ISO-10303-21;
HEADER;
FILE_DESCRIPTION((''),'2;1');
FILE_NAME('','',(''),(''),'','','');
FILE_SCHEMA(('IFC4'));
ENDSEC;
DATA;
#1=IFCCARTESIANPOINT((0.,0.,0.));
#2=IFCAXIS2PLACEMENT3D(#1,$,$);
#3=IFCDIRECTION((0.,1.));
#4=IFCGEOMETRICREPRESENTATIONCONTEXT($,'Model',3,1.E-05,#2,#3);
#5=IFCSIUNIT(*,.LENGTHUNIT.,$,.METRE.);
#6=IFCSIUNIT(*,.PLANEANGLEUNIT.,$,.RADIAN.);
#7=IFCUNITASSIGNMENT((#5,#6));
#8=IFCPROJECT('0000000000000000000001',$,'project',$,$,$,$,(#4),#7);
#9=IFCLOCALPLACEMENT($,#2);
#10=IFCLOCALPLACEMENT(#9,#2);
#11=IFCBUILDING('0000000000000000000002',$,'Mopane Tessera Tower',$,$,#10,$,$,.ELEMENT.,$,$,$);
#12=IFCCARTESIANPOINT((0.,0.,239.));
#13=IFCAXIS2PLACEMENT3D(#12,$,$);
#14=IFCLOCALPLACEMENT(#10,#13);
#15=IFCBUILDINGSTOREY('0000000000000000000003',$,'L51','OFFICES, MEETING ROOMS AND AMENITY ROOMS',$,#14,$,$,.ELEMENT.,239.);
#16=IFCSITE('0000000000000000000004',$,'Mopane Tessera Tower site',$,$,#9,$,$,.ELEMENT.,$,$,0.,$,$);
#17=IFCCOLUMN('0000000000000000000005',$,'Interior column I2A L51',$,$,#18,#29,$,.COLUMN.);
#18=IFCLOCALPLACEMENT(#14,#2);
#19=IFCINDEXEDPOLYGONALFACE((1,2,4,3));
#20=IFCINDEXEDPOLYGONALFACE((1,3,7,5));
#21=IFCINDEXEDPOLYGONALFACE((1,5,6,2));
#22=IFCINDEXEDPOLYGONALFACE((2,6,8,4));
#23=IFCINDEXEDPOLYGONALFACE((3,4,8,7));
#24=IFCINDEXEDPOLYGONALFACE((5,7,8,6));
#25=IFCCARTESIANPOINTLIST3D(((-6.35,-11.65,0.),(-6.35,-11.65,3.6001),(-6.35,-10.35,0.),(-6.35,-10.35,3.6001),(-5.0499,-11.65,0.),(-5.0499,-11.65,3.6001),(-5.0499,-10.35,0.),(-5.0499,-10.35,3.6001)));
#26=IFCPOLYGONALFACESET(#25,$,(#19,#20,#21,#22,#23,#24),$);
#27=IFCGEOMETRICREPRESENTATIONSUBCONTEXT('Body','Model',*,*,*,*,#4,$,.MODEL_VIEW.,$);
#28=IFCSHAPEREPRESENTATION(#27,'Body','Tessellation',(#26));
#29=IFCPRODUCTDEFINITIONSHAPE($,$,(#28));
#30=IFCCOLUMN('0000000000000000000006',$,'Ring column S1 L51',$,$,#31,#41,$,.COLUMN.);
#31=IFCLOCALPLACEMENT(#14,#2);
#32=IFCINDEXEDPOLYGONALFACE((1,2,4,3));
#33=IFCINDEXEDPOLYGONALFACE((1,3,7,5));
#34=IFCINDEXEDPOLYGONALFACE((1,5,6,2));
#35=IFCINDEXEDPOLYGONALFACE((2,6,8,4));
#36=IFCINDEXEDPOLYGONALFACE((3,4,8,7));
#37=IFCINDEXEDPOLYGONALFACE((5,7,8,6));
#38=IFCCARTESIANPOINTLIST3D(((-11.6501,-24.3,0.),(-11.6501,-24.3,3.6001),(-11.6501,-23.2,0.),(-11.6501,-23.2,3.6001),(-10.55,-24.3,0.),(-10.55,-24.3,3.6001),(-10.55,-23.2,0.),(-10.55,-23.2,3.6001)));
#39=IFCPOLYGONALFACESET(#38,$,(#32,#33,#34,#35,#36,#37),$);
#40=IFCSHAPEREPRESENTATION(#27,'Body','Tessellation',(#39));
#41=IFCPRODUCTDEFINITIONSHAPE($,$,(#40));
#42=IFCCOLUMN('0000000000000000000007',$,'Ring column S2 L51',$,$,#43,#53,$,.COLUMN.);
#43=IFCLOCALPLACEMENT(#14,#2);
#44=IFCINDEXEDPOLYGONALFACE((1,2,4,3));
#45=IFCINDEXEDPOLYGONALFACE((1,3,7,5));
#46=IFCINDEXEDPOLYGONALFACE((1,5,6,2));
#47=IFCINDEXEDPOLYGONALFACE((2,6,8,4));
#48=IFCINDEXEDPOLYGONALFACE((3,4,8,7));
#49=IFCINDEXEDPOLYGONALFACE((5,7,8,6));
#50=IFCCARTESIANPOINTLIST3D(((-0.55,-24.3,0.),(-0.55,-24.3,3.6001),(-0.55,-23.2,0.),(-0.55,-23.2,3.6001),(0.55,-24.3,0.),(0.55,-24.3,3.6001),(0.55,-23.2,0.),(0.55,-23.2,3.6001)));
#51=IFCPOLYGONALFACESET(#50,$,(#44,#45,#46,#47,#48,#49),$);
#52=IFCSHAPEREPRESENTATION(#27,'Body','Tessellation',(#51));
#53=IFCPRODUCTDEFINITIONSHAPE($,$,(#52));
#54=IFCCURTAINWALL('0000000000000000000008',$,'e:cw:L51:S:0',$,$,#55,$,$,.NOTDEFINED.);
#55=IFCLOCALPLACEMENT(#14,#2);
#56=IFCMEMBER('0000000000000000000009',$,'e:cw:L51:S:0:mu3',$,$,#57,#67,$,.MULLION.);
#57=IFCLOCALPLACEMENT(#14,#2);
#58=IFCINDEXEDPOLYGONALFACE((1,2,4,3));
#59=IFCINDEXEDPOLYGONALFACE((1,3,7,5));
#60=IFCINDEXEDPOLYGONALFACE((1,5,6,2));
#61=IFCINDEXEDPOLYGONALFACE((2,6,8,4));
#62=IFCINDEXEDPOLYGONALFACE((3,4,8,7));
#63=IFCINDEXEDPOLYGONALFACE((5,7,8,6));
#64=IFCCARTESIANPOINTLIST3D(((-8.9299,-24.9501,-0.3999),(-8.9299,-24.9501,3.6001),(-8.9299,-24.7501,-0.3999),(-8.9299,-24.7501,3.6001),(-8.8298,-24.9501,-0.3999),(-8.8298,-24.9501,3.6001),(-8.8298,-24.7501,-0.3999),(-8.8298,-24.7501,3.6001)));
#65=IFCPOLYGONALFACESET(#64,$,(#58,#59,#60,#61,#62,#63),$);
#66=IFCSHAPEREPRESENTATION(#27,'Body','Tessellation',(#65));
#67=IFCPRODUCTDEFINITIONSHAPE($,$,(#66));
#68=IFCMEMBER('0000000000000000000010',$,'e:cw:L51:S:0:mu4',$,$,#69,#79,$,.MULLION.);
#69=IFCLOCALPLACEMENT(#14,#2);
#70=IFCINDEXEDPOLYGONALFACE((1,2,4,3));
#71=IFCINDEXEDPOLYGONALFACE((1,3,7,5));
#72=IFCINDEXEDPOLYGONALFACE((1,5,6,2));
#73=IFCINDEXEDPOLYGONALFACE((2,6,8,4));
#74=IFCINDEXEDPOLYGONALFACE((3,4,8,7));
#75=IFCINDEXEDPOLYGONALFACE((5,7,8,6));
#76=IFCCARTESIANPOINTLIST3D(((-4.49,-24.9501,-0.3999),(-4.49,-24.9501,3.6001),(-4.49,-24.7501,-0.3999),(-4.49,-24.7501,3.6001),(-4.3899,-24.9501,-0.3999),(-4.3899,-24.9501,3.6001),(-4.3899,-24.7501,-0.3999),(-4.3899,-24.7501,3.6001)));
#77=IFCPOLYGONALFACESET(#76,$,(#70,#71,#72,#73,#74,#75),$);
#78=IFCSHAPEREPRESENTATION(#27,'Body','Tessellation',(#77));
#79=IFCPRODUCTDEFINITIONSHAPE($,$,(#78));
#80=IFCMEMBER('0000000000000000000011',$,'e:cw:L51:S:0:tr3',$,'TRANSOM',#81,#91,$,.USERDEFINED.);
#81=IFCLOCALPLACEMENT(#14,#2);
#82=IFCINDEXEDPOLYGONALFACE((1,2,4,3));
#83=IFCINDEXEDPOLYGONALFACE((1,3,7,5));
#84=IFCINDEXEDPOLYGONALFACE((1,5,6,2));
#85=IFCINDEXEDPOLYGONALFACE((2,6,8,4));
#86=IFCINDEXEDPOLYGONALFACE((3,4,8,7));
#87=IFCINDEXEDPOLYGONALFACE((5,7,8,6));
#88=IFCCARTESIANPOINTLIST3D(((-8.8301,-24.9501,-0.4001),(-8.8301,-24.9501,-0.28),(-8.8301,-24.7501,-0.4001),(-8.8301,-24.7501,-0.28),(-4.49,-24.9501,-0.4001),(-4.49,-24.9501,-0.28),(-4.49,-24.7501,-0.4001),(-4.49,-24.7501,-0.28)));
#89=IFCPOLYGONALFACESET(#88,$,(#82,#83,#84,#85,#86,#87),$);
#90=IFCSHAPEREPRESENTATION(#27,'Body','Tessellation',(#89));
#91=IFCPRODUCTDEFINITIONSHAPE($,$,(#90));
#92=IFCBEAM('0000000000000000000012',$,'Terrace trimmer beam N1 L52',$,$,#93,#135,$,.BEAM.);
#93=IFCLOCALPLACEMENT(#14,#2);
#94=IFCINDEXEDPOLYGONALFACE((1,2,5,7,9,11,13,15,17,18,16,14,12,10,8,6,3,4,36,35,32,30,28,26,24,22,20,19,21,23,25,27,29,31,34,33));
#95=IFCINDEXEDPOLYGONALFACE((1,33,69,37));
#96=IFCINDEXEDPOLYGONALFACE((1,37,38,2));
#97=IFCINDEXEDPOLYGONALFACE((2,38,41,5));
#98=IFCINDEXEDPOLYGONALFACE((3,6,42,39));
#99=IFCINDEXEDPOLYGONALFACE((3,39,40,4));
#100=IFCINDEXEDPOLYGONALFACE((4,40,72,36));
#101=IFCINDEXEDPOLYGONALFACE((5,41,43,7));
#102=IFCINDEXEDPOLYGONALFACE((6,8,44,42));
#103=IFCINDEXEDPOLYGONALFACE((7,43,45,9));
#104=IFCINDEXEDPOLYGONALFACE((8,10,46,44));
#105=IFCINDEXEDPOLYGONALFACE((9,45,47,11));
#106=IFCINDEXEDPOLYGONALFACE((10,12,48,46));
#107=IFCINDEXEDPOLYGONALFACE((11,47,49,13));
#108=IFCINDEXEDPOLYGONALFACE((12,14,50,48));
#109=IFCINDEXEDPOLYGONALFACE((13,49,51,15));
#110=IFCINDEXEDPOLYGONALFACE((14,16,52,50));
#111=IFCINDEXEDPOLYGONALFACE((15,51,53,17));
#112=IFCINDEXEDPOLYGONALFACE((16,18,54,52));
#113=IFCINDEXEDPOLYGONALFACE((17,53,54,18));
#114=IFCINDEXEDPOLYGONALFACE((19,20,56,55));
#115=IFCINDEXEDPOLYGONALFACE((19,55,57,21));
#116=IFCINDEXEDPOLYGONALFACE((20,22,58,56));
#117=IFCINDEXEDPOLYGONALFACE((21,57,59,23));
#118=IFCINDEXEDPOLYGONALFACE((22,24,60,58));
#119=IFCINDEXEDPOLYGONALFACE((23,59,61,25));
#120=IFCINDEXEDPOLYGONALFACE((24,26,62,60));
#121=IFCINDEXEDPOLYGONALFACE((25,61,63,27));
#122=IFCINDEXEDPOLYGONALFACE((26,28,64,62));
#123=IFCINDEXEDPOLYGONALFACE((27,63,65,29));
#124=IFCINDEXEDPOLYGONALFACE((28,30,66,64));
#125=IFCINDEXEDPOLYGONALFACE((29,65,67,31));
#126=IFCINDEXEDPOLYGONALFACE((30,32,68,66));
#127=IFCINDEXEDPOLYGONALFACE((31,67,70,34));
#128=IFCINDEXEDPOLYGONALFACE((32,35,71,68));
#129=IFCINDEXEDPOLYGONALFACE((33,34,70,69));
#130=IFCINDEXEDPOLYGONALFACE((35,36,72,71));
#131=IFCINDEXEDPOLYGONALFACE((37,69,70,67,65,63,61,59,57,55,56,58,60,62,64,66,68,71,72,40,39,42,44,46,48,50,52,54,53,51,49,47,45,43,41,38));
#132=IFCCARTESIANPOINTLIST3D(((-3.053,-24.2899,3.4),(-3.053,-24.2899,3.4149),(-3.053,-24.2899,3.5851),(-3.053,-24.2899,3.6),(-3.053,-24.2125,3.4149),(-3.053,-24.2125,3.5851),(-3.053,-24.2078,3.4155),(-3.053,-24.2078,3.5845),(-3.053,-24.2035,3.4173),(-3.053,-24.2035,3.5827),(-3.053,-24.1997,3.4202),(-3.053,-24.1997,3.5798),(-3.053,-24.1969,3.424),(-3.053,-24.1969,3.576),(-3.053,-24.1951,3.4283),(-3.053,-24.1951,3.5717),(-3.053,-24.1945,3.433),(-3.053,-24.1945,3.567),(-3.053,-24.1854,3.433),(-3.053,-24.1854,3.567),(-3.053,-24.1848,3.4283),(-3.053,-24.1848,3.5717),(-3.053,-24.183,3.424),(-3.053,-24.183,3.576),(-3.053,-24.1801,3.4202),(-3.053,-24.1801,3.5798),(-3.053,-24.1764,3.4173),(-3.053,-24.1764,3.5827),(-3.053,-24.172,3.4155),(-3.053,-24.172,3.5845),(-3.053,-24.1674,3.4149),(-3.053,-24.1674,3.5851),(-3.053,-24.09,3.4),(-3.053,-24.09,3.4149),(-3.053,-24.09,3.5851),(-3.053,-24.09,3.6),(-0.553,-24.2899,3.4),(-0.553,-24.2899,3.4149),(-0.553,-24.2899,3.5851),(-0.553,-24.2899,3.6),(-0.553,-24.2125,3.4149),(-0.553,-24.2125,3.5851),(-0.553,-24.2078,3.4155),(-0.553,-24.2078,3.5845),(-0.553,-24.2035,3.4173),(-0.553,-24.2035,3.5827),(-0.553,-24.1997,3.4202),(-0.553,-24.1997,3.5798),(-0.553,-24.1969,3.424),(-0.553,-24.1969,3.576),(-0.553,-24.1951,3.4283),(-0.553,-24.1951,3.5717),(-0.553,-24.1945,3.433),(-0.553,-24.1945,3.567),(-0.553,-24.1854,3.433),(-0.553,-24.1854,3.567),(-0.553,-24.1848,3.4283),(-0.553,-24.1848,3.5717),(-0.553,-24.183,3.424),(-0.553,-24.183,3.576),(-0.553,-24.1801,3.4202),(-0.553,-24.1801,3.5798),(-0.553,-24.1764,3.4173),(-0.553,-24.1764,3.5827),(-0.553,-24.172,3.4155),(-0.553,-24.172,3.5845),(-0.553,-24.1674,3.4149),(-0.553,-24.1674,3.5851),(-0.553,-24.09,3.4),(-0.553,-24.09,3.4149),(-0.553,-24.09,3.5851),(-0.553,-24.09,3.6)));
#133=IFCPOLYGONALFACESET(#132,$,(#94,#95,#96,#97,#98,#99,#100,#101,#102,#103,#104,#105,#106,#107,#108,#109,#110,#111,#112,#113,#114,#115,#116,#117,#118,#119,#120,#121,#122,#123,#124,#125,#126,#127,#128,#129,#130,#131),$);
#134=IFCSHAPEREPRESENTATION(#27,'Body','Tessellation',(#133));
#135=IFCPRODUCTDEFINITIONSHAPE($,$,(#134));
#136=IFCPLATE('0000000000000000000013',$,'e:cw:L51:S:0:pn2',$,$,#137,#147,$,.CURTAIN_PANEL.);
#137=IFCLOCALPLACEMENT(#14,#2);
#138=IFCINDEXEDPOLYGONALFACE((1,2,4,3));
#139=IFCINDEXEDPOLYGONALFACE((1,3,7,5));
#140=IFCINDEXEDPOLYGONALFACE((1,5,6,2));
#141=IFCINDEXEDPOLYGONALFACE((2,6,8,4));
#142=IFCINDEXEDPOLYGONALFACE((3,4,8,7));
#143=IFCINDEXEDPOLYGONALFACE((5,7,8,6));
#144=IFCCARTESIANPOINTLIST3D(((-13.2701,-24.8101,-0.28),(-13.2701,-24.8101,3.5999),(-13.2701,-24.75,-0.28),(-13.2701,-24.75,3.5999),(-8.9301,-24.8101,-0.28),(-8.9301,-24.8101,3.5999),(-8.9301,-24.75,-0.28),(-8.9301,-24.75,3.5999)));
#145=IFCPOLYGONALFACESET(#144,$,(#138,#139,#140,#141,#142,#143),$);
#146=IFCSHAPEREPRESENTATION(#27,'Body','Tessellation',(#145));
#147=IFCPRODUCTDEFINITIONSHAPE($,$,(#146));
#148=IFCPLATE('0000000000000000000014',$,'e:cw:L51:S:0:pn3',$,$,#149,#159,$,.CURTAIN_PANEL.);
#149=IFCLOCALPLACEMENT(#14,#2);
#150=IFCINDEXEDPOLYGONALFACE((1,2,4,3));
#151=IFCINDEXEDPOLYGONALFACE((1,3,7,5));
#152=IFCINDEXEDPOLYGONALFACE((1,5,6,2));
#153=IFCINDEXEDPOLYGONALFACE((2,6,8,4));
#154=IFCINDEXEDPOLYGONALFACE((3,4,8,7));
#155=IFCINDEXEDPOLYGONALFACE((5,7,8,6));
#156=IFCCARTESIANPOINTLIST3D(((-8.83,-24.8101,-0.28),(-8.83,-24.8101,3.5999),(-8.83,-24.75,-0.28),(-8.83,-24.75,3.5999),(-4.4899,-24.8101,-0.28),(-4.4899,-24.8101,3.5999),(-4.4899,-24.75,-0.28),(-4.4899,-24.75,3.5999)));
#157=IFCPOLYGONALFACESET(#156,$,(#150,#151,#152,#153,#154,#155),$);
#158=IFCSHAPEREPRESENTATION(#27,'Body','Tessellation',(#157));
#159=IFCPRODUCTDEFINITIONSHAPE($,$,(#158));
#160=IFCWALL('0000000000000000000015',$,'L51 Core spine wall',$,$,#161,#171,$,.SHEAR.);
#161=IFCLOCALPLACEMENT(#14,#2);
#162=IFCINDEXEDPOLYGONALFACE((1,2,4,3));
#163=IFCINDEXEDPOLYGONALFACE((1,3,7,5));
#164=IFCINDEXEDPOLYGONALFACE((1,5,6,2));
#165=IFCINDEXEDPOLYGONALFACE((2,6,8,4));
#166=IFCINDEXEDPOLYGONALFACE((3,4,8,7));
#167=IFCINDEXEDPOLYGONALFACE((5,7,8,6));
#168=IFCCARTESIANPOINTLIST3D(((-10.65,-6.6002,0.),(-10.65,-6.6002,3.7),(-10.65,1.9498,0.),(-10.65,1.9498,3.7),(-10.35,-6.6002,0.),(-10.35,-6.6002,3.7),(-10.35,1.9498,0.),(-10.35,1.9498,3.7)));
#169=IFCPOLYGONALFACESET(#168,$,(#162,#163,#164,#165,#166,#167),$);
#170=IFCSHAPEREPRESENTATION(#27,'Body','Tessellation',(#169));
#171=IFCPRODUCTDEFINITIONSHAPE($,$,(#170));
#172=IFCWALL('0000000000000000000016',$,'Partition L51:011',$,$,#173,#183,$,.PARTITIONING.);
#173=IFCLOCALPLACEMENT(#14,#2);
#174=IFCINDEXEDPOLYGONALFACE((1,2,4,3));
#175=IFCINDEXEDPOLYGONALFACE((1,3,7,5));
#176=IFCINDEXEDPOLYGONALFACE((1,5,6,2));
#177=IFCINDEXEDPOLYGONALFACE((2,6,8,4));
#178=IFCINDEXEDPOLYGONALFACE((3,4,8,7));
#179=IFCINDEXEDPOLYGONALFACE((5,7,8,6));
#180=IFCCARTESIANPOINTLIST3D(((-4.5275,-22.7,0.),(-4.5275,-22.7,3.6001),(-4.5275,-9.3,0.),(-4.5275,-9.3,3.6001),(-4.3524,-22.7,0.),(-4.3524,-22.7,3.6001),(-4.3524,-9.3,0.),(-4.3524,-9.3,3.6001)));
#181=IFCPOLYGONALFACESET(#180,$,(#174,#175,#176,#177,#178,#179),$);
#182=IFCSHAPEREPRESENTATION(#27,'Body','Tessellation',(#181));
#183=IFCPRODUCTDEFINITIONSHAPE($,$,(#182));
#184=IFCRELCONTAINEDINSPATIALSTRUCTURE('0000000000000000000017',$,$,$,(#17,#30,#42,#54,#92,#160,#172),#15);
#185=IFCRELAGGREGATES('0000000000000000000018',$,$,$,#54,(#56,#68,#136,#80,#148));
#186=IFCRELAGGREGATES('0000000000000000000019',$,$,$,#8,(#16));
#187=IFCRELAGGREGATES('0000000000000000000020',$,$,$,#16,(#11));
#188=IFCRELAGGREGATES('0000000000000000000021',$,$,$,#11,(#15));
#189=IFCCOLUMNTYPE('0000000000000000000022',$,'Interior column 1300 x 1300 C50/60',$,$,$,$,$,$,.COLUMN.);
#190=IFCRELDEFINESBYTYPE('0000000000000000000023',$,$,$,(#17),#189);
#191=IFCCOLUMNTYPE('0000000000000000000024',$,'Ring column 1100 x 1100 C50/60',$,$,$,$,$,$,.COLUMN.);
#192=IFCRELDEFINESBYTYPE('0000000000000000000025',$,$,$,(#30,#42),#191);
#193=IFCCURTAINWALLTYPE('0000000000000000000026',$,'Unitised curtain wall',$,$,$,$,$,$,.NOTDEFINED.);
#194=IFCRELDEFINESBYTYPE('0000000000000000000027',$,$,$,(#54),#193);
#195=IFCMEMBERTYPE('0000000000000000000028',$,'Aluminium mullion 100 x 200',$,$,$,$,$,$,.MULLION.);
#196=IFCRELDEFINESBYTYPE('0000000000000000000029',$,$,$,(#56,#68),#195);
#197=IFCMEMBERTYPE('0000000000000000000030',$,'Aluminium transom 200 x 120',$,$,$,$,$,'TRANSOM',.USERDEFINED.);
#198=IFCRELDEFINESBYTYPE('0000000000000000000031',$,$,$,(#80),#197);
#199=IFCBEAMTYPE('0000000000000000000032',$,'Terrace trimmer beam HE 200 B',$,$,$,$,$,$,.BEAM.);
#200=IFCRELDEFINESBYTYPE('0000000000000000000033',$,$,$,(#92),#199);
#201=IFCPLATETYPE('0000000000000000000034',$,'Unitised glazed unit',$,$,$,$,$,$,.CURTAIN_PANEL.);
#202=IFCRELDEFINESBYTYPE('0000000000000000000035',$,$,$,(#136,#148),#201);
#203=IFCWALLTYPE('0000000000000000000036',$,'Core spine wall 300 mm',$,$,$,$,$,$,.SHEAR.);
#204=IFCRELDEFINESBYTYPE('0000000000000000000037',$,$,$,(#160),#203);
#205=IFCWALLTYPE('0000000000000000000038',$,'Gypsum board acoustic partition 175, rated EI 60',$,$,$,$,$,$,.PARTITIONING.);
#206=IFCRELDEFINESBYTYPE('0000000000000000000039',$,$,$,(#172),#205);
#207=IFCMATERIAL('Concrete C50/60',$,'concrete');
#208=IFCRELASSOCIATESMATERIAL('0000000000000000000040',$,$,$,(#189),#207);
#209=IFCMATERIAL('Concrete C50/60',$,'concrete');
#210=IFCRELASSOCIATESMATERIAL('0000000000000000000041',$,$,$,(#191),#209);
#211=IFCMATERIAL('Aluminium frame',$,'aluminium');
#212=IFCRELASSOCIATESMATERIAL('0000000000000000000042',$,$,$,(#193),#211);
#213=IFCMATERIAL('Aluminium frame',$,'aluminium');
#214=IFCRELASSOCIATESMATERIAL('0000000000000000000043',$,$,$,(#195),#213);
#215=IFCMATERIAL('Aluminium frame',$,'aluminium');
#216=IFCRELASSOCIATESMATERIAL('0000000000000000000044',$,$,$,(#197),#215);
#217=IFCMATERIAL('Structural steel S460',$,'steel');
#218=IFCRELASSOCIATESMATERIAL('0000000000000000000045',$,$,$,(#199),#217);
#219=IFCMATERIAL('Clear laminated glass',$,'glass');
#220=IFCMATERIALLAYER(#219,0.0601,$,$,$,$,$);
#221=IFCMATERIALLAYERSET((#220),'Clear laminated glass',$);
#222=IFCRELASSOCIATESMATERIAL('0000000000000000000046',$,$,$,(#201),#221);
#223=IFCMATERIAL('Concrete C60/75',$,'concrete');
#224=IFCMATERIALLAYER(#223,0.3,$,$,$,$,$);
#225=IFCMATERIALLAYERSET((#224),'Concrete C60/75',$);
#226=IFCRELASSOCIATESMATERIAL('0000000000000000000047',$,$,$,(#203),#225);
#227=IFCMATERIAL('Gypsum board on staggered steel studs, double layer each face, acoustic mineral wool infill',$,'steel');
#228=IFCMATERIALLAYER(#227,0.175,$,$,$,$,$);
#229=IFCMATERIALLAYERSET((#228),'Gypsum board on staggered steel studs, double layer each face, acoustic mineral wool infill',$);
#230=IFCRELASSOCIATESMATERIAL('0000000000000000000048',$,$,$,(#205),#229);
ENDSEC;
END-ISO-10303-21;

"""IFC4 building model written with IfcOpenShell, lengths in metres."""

from ifc_helpers import new_model, si_unit, direction, frame, frame_2d, origin, origin_2d, place, context, subcontext, project, spatial, rectangle, i_section, extrude, material, layer, layer_set, material_profile, profile_set, type_object, element, aggregate, save


model = new_model("IFC4")

# Units and contexts
model_context = context("Model", 3, precision=1e-05, world=origin(), true_north=direction((0.0, 1.0)))
body_context = subcontext(model_context, "Body", "Model", "MODEL_VIEW")
ifc_project = project(units=[si_unit("LENGTHUNIT", "METRE"), si_unit("PLANEANGLEUNIT", "RADIAN")], contexts=[model_context])

# Site, building, storey
site_placement = place(None, origin())
site = spatial("IfcSite", under=ifc_project, at=site_placement, Name="Mopane Tessera Tower site", CompositionType="ELEMENT", RefElevation=0.0)
building_placement = place(site_placement, origin())
building = spatial("IfcBuilding", under=site, at=building_placement, Name="Mopane Tessera Tower", CompositionType="ELEMENT")
storey_placement = place(building_placement, frame((0.0, 0.0, 239.0)))
storey = spatial("IfcBuildingStorey", under=building, at=storey_placement, Name="L51", Description="OFFICES, MEETING ROOMS AND AMENITY ROOMS", CompositionType="ELEMENT", Elevation=239.0)

# Columns
ifc_material_1 = material(Name="Concrete C50/60", Category="concrete")
ifc_material_profile_1 = material_profile(ifc_material_1, rectangle(XDim=1.3, YDim=1.3, at=origin_2d()))
ifc_profile_set_1 = profile_set([ifc_material_profile_1], Name="Concrete C50/60")
column_type_1 = type_object("IfcColumnType", Name="Interior column 1300 x 1300 C50/60", PredefinedType="COLUMN", material=ifc_profile_set_1)
column_placement = place(storey_placement, frame((-5.7, -11.0, 0.0), z_axis=(0.0, 0.0, 1.0), x_axis=(1.0, 0.0, 0.0)))
element("IfcColumn", 1, at=column_placement, inside=storey, type_object=column_type_1, Name="Interior column I2A L51", PredefinedType="COLUMN", context=body_context, shape_type="SweptSolid", body=[
    extrude(rectangle(XDim=1.3, YDim=1.3, at=origin_2d()), origin(), (0.0, 0.0, 1.0), 3.6001),
])
ifc_material_2 = material(Name="Concrete C50/60", Category="concrete")
ifc_material_profile_2 = material_profile(ifc_material_2, rectangle(XDim=1.1001, YDim=1.1001, at=origin_2d()))
ifc_profile_set_2 = profile_set([ifc_material_profile_2], Name="Concrete C50/60")
column_type_2 = type_object("IfcColumnType", Name="Ring column 1100 x 1100 C50/60", PredefinedType="COLUMN", material=ifc_profile_set_2)
for number, where, z_axis, x_axis, name in (
    (2, (-11.1001, -23.75, 0.0), (0.0, 0.0, 1.0), (1.0, 0.0, 0.0), "Ring column S1 L51"),
    (3, (0.0, -23.75, 0.0), (0.0, 0.0, 1.0), (1.0, 0.0, 0.0), "Ring column S2 L51"),
):
    element("IfcColumn", number, at=place(storey_placement, frame(where, z_axis=z_axis, x_axis=x_axis)), inside=storey, type_object=column_type_2, Name=name, PredefinedType="COLUMN", context=body_context, shape_type="SweptSolid", body=[
        extrude(rectangle(XDim=1.1001, YDim=1.1001, at=origin_2d()), origin(), (0.0, 0.0, 1.0), 3.6001),
    ])

# Curtain wall, members
ifc_material_3 = material(Name="Aluminium frame", Category="aluminium")
curtain_wall_type = type_object("IfcCurtainWallType", Name="Unitised curtain wall", PredefinedType="NOTDEFINED", material=ifc_material_3)
curtain_wall_placement = place(storey_placement, origin())
curtain_wall = element("IfcCurtainWall", 4, at=curtain_wall_placement, inside=storey, type_object=curtain_wall_type, Name="e:cw:L51:S:0", PredefinedType="NOTDEFINED")
ifc_material_4 = material(Name="Aluminium frame", Category="aluminium")
ifc_material_profile_3 = material_profile(ifc_material_4, rectangle(XDim=0.1001, YDim=0.2, at=origin_2d()))
ifc_profile_set_3 = profile_set([ifc_material_profile_3], Name="Aluminium frame")
member_type_1 = type_object("IfcMemberType", Name="Aluminium mullion 100 x 200", PredefinedType="MULLION", material=ifc_profile_set_3)
member_1_placement = place(storey_placement, frame((-8.8799, -24.8501, -0.3999), z_axis=(0.0, 0.0, 1.0), x_axis=(1.0, 0.0, 0.0)))
member_1 = element("IfcMember", 5, at=member_1_placement, type_object=member_type_1, Name="e:cw:L51:S:0:mu3", PredefinedType="MULLION", context=body_context, shape_type="SweptSolid", body=[
    extrude(rectangle(XDim=0.1001, YDim=0.2, at=origin_2d()), origin(), (0.0, 0.0, 1.0), 4.0),
])
member_2_placement = place(storey_placement, frame((-4.4399, -24.8501, -0.3999), z_axis=(0.0, 0.0, 1.0), x_axis=(1.0, 0.0, 0.0)))
member_2 = element("IfcMember", 6, at=member_2_placement, type_object=member_type_1, Name="e:cw:L51:S:0:mu4", PredefinedType="MULLION", context=body_context, shape_type="SweptSolid", body=[
    extrude(rectangle(XDim=0.1001, YDim=0.2, at=origin_2d()), origin(), (0.0, 0.0, 1.0), 4.0),
])
ifc_material_5 = material(Name="Aluminium frame", Category="aluminium")
ifc_material_profile_4 = material_profile(ifc_material_5, rectangle(XDim=0.2, YDim=0.1201, at=origin_2d()))
ifc_profile_set_4 = profile_set([ifc_material_profile_4], Name="Aluminium frame")
member_type_2 = type_object("IfcMemberType", Name="Aluminium transom 200 x 120", ElementType="TRANSOM", PredefinedType="USERDEFINED", material=ifc_profile_set_4)
member_3_placement = place(storey_placement, frame((-8.8301, -24.8501, -0.3401), z_axis=(1.0, 0.0, 0.0), x_axis=(0.0, 1.0, 0.0)))
member_3 = element("IfcMember", 7, at=member_3_placement, type_object=member_type_2, Name="e:cw:L51:S:0:tr3", ObjectType="TRANSOM", PredefinedType="USERDEFINED", context=body_context, shape_type="SweptSolid", body=[
    extrude(rectangle(XDim=0.2, YDim=0.1201, at=origin_2d()), origin(), (0.0, 0.0, 1.0), 4.3401),
])

# Beam
ifc_material_6 = material(Name="Structural steel S460", Category="steel")
ifc_material_profile_5 = material_profile(ifc_material_6, i_section(OverallWidth=0.2, OverallDepth=0.2, WebThickness=0.009, FlangeThickness=0.0149, FilletRadius=0.0181, at=origin_2d()))
ifc_profile_set_5 = profile_set([ifc_material_profile_5], Name="Structural steel S460")
beam_type = type_object("IfcBeamType", Name="Terrace trimmer beam HE 200 B", PredefinedType="BEAM", material=ifc_profile_set_5)
beam_placement = place(storey_placement, frame((-0.553, -24.1899, 3.5), z_axis=(-1.0, 0.0, 0.0), x_axis=(0.0, -1.0, 0.0)))
element("IfcBeam", 8, at=beam_placement, inside=storey, type_object=beam_type, Name="Terrace trimmer beam N1 L52", PredefinedType="BEAM", context=body_context, shape_type="SweptSolid", body=[
    extrude(i_section(OverallWidth=0.2, OverallDepth=0.2, WebThickness=0.009, FlangeThickness=0.0149, FilletRadius=0.0181, at=origin_2d()), origin(), (0.0, 0.0, 1.0), 2.5),
])

# Plates
ifc_material_7 = material(Name="Clear laminated glass", Category="glass")
ifc_layer_1 = layer(ifc_material_7, 0.0601)
ifc_layer_set_1 = layer_set([ifc_layer_1], Name="Clear laminated glass")
plate_type = type_object("IfcPlateType", Name="Unitised glazed unit", PredefinedType="CURTAIN_PANEL", material=ifc_layer_set_1)
plate_1_placement = place(storey_placement, frame((-11.1001, -24.78, -0.28), z_axis=(0.0, 0.0, 1.0), x_axis=(1.0, 0.0, 0.0)))
plate_1 = element("IfcPlate", 9, at=plate_1_placement, type_object=plate_type, Name="e:cw:L51:S:0:pn2", PredefinedType="CURTAIN_PANEL", context=body_context, shape_type="SweptSolid", body=[
    extrude(rectangle(XDim=4.3401, YDim=0.0601, at=origin_2d()), origin(), (0.0, 0.0, 1.0), 3.8799),
])
plate_2_placement = place(storey_placement, frame((-6.6599, -24.78, -0.28), z_axis=(0.0, 0.0, 1.0), x_axis=(1.0, 0.0, 0.0)))
plate_2 = element("IfcPlate", 10, at=plate_2_placement, type_object=plate_type, Name="e:cw:L51:S:0:pn3", PredefinedType="CURTAIN_PANEL", context=body_context, shape_type="SweptSolid", body=[
    extrude(rectangle(XDim=4.3401, YDim=0.0601, at=origin_2d()), origin(), (0.0, 0.0, 1.0), 3.8799),
])
aggregate(curtain_wall, [member_1, member_2, plate_1, member_3, plate_2])

# Walls
ifc_material_8 = material(Name="Concrete C60/75", Category="concrete")
ifc_layer_2 = layer(ifc_material_8, 0.3)
ifc_layer_set_2 = layer_set([ifc_layer_2], Name="Concrete C60/75")
wall_type_1 = type_object("IfcWallType", Name="Core spine wall 300 mm", PredefinedType="SHEAR", material=ifc_layer_set_2)
wall_1_placement = place(storey_placement, frame((-10.5, -6.6001, 0.0), z_axis=(0.0, 0.0, 1.0), x_axis=(0.0, 1.0, 0.0)))
element("IfcWall", 11, at=wall_1_placement, inside=storey, type_object=wall_type_1, Name="L51 Core spine wall", PredefinedType="SHEAR", context=body_context, shape_type="SweptSolid", body=[
    extrude(rectangle(XDim=8.55, YDim=0.3, at=frame_2d((4.2749, 0.0))), origin(), (0.0, 0.0, 1.0), 3.7),
])
ifc_material_9 = material(Name="Gypsum board on staggered steel studs, double layer each face, acoustic mineral wool infill", Category="steel")
ifc_layer_3 = layer(ifc_material_9, 0.175)
ifc_layer_set_3 = layer_set([ifc_layer_3], Name="Gypsum board on staggered steel studs, double layer each face, acoustic mineral wool infill")
wall_type_2 = type_object("IfcWallType", Name="Gypsum board acoustic partition 175, rated EI 60", PredefinedType="PARTITIONING", material=ifc_layer_set_3)
wall_2_placement = place(storey_placement, frame((-4.4399, -22.7, 0.0), z_axis=(0.0, 0.0, 1.0), x_axis=(0.0, 1.0, 0.0)))
element("IfcWall", 12, at=wall_2_placement, inside=storey, type_object=wall_type_2, Name="Partition L51:011", PredefinedType="PARTITIONING", context=body_context, shape_type="SweptSolid", body=[
    extrude(rectangle(XDim=13.3999, YDim=0.175, at=frame_2d((6.7, 0.0))), origin(), (0.0, 0.0, 1.0), 3.6001),
])

save(model, "model.ifc")
